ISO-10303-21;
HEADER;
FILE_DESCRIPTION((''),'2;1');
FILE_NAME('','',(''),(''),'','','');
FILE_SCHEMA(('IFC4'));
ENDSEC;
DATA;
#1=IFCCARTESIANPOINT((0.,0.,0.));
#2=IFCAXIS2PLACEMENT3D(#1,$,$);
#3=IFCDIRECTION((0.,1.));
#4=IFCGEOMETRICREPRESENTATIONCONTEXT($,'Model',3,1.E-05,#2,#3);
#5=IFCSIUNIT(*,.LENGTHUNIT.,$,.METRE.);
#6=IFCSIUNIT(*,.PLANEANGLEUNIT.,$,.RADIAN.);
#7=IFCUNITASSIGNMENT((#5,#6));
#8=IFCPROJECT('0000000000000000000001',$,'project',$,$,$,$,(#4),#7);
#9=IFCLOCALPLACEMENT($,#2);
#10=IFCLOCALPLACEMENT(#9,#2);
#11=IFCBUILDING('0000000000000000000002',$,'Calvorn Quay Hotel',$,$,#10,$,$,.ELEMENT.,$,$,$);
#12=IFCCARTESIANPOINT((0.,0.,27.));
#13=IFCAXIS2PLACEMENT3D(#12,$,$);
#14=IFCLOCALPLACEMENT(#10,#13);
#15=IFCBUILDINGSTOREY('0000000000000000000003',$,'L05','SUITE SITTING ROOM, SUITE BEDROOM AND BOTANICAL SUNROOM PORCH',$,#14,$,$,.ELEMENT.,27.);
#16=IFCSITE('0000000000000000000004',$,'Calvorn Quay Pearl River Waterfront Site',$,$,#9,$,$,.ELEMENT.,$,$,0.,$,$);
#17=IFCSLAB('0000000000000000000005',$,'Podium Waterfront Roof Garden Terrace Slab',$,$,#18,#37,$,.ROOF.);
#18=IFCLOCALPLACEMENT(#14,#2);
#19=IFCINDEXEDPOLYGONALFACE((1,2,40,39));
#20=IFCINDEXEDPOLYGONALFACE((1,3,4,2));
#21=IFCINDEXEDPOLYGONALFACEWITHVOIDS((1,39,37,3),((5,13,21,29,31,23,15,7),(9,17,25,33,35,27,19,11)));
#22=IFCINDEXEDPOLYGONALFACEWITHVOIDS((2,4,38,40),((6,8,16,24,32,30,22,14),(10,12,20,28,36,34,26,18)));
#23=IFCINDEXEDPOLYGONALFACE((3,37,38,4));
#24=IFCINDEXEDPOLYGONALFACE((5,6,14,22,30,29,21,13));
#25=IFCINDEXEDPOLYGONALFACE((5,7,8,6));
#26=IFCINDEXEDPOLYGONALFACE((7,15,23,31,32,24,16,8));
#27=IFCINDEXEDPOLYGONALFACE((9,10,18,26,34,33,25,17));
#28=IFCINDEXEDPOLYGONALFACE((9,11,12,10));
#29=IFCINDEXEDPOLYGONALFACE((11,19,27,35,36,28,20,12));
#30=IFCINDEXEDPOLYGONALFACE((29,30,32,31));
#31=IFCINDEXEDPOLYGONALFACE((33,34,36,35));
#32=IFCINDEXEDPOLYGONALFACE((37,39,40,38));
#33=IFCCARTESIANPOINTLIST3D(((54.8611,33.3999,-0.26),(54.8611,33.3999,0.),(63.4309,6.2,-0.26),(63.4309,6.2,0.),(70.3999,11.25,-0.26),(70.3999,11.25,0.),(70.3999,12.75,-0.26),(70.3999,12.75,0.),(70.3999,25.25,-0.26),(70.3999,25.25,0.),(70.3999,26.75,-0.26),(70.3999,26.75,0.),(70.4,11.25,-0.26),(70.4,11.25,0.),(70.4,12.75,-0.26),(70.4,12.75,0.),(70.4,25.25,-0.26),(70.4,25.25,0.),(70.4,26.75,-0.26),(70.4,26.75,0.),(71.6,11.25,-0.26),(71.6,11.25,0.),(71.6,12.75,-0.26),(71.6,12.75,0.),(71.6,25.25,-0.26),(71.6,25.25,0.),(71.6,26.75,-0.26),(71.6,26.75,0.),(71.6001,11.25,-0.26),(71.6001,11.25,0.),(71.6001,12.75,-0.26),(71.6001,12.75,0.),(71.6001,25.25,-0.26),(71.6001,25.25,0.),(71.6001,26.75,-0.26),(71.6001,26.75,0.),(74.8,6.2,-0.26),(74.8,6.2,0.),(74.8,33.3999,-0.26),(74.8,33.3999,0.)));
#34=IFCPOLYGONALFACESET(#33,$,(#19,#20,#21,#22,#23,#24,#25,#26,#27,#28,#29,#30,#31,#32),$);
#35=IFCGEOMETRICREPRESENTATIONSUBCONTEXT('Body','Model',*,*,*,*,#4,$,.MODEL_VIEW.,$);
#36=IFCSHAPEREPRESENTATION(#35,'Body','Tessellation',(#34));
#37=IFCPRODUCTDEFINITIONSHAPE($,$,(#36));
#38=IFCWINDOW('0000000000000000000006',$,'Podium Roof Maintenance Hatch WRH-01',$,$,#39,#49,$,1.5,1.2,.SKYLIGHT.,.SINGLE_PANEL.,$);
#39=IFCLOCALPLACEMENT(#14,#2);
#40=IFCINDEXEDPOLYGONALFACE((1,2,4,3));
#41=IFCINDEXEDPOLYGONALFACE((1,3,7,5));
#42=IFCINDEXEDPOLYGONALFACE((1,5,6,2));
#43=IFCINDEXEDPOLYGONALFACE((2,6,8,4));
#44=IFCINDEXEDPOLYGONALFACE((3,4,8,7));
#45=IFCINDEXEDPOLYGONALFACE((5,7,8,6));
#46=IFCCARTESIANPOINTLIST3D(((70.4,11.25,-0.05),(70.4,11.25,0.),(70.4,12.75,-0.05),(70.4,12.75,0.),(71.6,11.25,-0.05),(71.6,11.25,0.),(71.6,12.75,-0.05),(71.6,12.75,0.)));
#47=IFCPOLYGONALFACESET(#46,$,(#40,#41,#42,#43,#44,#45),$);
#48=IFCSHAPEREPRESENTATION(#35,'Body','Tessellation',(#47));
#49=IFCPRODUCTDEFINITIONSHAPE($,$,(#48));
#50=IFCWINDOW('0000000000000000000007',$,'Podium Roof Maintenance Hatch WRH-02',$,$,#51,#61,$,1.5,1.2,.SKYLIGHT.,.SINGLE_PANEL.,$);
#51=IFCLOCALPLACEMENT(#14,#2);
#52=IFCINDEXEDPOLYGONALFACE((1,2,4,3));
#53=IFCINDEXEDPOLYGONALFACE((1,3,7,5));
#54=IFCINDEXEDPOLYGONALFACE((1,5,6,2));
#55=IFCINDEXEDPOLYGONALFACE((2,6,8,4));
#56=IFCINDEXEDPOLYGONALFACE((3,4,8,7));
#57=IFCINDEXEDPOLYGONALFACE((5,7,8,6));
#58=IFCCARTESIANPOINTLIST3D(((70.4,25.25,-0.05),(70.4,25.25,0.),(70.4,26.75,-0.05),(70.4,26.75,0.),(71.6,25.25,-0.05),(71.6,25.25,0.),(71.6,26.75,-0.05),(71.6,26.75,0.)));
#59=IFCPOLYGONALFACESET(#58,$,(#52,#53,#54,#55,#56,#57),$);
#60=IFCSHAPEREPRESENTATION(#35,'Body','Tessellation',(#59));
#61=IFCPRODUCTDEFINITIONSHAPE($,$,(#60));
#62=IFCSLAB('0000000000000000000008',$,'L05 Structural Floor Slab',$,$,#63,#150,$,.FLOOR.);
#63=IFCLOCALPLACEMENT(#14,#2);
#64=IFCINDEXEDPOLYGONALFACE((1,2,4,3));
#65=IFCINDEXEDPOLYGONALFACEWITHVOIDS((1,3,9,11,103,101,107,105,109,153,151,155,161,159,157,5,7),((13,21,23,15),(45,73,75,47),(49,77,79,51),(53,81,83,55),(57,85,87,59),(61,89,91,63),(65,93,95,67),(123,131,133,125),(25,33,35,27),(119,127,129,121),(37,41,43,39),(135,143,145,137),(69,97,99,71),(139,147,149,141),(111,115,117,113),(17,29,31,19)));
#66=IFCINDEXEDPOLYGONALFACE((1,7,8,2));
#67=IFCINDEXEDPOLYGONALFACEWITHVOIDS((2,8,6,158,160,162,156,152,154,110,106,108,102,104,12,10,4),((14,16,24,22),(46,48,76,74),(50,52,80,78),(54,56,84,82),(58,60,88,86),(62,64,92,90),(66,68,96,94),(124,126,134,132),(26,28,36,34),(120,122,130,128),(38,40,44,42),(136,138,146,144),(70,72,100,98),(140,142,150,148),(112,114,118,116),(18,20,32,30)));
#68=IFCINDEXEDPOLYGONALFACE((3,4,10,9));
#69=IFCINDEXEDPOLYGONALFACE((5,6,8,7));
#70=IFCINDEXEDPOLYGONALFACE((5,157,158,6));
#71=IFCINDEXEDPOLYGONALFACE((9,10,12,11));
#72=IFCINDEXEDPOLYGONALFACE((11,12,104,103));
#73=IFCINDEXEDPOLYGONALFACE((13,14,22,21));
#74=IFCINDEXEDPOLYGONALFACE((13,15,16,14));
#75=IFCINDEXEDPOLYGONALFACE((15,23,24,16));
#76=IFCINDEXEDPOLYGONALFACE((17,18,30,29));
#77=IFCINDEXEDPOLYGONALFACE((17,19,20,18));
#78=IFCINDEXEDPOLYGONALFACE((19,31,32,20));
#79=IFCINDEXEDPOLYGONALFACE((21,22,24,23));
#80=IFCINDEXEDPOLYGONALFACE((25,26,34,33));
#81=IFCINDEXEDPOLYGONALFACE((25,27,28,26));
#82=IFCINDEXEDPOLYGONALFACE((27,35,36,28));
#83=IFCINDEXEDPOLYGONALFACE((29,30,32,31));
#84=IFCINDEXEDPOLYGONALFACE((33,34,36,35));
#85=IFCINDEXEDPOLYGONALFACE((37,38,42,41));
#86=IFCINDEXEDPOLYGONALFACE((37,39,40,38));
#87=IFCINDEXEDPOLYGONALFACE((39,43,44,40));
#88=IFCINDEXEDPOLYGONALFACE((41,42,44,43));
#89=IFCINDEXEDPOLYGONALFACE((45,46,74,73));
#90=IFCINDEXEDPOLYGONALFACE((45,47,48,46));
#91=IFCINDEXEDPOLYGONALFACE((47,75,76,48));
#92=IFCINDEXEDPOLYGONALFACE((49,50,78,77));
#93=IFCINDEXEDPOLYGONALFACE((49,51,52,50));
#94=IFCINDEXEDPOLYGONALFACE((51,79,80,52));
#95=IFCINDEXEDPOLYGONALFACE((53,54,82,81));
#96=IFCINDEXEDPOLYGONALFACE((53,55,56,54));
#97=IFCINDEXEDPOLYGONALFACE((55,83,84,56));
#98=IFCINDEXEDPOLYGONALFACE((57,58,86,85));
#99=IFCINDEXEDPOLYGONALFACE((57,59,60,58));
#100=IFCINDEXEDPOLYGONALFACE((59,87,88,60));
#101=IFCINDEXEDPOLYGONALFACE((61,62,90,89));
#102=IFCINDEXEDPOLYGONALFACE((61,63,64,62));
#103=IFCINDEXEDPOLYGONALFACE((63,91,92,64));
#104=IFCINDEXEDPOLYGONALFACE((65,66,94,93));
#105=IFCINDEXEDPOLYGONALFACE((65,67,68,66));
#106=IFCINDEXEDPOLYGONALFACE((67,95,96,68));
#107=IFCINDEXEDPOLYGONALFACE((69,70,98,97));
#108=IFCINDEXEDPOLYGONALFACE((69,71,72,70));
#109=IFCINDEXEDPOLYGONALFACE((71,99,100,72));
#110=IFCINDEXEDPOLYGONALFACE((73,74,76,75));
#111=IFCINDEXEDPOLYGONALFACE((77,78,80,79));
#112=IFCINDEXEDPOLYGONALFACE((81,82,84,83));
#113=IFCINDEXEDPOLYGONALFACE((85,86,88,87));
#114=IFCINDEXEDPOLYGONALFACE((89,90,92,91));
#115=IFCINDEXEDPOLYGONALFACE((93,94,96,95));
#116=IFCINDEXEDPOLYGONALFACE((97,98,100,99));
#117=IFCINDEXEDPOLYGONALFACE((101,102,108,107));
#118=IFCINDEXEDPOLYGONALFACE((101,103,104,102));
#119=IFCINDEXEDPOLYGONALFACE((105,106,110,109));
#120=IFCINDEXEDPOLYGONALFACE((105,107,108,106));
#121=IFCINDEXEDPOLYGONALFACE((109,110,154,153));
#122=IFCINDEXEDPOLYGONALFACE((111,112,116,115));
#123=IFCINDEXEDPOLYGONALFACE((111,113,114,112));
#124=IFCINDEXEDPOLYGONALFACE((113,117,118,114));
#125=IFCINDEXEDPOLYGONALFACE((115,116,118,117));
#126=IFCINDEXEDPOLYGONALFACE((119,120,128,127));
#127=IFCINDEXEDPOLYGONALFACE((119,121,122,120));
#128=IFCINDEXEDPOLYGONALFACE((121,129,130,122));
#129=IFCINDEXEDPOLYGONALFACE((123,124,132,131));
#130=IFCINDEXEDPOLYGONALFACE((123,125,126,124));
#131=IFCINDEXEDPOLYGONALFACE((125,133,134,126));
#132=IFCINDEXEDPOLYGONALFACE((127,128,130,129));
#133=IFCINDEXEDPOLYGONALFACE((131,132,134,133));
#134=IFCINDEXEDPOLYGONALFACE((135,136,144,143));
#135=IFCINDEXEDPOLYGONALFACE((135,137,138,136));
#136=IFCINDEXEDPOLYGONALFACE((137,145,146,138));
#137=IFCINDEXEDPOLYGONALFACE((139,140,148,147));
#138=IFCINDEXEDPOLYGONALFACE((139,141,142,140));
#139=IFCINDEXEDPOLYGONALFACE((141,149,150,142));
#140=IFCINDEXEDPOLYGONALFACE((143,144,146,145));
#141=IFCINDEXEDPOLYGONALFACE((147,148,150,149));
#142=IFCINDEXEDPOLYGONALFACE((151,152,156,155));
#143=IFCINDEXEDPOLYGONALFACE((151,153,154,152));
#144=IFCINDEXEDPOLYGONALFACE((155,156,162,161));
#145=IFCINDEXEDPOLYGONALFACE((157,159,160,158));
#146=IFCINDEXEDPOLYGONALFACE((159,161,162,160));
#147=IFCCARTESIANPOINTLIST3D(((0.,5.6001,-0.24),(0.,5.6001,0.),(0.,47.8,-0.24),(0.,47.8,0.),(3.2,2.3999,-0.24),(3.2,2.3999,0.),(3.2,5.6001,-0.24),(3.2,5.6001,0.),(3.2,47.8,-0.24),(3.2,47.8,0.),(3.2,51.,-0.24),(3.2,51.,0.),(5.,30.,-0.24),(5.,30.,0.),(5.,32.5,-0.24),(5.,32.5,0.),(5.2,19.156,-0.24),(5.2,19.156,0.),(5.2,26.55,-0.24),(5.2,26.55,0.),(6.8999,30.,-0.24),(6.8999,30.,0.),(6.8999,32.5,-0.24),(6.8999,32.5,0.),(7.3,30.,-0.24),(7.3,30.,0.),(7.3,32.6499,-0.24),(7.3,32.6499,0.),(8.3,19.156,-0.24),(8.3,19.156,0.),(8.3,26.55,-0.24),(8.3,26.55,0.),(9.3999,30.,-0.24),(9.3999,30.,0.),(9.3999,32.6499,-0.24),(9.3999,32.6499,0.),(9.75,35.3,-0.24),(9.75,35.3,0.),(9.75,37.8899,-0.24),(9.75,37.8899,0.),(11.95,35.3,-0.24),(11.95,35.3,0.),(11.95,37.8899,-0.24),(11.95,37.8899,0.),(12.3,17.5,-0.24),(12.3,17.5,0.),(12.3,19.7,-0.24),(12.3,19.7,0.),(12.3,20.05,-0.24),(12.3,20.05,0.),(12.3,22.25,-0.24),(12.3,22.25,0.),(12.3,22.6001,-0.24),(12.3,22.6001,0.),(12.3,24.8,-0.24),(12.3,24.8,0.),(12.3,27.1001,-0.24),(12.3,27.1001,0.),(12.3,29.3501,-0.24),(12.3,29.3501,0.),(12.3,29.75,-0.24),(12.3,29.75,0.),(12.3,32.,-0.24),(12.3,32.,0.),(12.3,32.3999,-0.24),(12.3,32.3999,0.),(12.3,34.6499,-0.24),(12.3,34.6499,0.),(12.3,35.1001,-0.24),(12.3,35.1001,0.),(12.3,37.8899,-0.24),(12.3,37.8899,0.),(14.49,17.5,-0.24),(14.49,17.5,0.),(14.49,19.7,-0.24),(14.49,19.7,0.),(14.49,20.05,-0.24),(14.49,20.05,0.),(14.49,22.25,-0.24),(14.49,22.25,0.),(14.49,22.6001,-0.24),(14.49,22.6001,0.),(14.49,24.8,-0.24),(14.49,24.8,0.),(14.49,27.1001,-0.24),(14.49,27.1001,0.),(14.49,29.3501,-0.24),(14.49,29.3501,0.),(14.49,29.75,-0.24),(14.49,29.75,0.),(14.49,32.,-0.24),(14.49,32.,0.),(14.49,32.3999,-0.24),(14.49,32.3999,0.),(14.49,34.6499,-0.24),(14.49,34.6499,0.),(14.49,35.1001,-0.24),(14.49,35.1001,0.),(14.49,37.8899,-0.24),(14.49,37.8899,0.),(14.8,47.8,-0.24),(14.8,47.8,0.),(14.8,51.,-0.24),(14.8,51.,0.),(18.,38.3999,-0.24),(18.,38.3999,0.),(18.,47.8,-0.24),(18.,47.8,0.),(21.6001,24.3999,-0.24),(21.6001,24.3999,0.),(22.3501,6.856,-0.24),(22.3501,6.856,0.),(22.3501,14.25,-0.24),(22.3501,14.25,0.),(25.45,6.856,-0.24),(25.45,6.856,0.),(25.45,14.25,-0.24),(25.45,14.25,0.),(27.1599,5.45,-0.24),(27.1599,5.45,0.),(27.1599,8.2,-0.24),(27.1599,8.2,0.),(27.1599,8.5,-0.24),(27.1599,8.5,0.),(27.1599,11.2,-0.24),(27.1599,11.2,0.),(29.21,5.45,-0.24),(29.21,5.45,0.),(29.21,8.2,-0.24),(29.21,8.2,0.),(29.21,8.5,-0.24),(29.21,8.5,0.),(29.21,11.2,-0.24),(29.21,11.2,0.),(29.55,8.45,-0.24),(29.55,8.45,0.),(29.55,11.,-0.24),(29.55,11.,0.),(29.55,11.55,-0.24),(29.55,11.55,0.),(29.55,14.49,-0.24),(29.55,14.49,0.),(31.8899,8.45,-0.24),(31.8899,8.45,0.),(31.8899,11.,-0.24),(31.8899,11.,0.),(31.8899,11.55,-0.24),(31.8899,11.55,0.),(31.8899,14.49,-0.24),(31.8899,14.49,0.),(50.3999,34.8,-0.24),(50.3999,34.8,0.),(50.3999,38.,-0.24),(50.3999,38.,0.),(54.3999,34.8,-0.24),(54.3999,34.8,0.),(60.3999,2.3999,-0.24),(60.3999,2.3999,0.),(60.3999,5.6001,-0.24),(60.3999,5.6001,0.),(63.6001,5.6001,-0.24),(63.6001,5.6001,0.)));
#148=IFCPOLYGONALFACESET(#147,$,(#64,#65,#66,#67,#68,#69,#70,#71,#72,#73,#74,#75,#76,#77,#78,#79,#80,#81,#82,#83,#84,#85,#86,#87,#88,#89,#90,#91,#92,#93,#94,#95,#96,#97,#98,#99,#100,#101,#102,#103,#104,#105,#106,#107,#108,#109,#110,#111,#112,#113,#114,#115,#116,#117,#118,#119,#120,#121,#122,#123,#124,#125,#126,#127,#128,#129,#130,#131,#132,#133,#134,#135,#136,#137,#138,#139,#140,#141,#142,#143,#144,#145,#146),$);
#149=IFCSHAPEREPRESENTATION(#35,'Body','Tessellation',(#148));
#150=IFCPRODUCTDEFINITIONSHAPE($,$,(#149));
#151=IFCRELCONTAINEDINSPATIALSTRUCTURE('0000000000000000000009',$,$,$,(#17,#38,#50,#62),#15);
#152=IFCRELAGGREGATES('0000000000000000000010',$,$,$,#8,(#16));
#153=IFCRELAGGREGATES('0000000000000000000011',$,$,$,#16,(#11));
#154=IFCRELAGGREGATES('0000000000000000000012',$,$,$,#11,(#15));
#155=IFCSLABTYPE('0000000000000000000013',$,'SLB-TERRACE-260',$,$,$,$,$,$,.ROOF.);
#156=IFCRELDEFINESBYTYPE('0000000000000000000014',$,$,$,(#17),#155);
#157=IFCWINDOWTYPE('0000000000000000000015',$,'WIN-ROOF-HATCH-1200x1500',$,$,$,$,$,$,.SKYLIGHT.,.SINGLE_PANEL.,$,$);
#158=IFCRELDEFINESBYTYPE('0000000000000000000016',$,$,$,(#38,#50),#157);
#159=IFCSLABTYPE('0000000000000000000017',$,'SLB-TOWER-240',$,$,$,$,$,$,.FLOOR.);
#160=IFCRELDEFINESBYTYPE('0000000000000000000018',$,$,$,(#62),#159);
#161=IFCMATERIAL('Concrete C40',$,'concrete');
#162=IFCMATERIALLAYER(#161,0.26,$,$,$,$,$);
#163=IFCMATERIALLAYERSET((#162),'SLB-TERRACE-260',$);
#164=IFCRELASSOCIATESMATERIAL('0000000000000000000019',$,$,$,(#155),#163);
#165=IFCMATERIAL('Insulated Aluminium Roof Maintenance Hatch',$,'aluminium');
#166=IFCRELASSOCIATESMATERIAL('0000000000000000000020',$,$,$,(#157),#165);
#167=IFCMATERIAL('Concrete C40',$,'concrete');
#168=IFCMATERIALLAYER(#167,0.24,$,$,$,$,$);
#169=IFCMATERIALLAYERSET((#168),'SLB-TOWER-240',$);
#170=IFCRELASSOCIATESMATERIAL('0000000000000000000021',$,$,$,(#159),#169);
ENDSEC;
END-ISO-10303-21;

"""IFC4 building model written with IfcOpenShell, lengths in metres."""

from ifc_helpers import new_model, si_unit, direction, frame, origin, origin_2d, place, context, subcontext, project, spatial, polyline, rectangle, outline, extrude, material, layer, layer_set, type_object, element, fill, save


model = new_model("IFC4")

# Units and contexts
model_context = context("Model", 3, precision=1e-05, world=origin(), true_north=direction((0.0, 1.0)))
body_context = subcontext(model_context, "Body", "Model", "MODEL_VIEW")
ifc_project = project(units=[si_unit("LENGTHUNIT", "METRE"), si_unit("PLANEANGLEUNIT", "RADIAN")], contexts=[model_context])

# Site, building, storey
site_placement = place(None, origin())
site = spatial("IfcSite", under=ifc_project, at=site_placement, Name="Calvorn Quay Pearl River Waterfront Site", CompositionType="ELEMENT", RefElevation=0.0)
building_placement = place(site_placement, origin())
building = spatial("IfcBuilding", under=site, at=building_placement, Name="Calvorn Quay Hotel", CompositionType="ELEMENT")
storey_placement = place(building_placement, frame((0.0, 0.0, 27.0)))
storey = spatial("IfcBuildingStorey", under=building, at=storey_placement, Name="L05", Description="SUITE SITTING ROOM, SUITE BEDROOM AND BOTANICAL SUNROOM PORCH", CompositionType="ELEMENT", Elevation=27.0)

# Slab, openings, windows
ifc_material_1 = material(Name="Concrete C40", Category="concrete")
ifc_layer_1 = layer(ifc_material_1, 0.26)
ifc_layer_set_1 = layer_set([ifc_layer_1], Name="SLB-TERRACE-260")
slab_type_1 = type_object("IfcSlabType", Name="SLB-TERRACE-260", PredefinedType="ROOF", material=ifc_layer_set_1)
slab_1_placement = place(storey_placement, frame((0.0, 0.0, -0.26)))
slab_1 = element("IfcSlab", 1, at=slab_1_placement, inside=storey, type_object=slab_type_1, Name="Podium Waterfront Roof Garden Terrace Slab", PredefinedType="ROOF", context=body_context, shape_type="SweptSolid", body=[
    extrude(outline(polyline([(63.4309, 6.2), (74.8, 6.2), (74.8, 33.3999), (54.8611, 33.3999), (63.4309, 6.2)]), holes=[polyline([(70.3999, 11.25), (71.6001, 11.25), (71.6001, 12.75), (70.3999, 12.75), (70.3999, 11.25)]), polyline([(70.3999, 25.25), (71.6001, 25.25), (71.6001, 26.75), (70.3999, 26.75), (70.3999, 25.25)])]), origin(), (0.0, 0.0, 1.0), 0.26),
])
opening_1_placement = place(slab_1_placement, frame((71.0, 12.0, 0.0)))
opening_1 = element("IfcOpeningElement", 2, at=opening_1_placement, cuts=slab_1, PredefinedType="OPENING", context=body_context, shape_type="SweptSolid", body=[
    extrude(rectangle(XDim=1.2, YDim=1.5, at=origin_2d()), origin(), (0.0, 0.0, 1.0), 0.26),
])
opening_2_placement = place(slab_1_placement, frame((71.0, 26.0, 0.0)))
opening_2 = element("IfcOpeningElement", 3, at=opening_2_placement, cuts=slab_1, PredefinedType="OPENING", context=body_context, shape_type="SweptSolid", body=[
    extrude(rectangle(XDim=1.2, YDim=1.5, at=origin_2d()), origin(), (0.0, 0.0, 1.0), 0.26),
])
ifc_material_2 = material(Name="Insulated Aluminium Roof Maintenance Hatch", Category="aluminium")
window_type_1 = type_object("IfcWindowType", Name="WIN-ROOF-HATCH-1200x1500", PartitioningType="SINGLE_PANEL", PredefinedType="SKYLIGHT", material=ifc_material_2)
window_1_placement = place(opening_1_placement, frame((0.0, 0.0, 0.21)))
window_1 = element("IfcWindow", 4, at=window_1_placement, inside=storey, type_object=window_type_1, Name="Podium Roof Maintenance Hatch WRH-01", OverallHeight=1.5, OverallWidth=1.2, PartitioningType="SINGLE_PANEL", PredefinedType="SKYLIGHT", context=body_context, shape_type="SweptSolid", body=[
    extrude(rectangle(XDim=1.2, YDim=1.5, at=origin_2d()), origin(), (0.0, 0.0, 1.0), 0.05),
])
fill(opening_1, window_1)
window_2_placement = place(opening_2_placement, frame((0.0, 0.0, 0.21)))
window_2 = element("IfcWindow", 5, at=window_2_placement, inside=storey, type_object=window_type_1, Name="Podium Roof Maintenance Hatch WRH-02", OverallHeight=1.5, OverallWidth=1.2, PartitioningType="SINGLE_PANEL", PredefinedType="SKYLIGHT", context=body_context, shape_type="SweptSolid", body=[
    extrude(rectangle(XDim=1.2, YDim=1.5, at=origin_2d()), origin(), (0.0, 0.0, 1.0), 0.05),
])
fill(opening_2, window_2)

# Slab
ifc_material_3 = material(Name="Concrete C40", Category="concrete")
ifc_layer_2 = layer(ifc_material_3, 0.24)
ifc_layer_set_2 = layer_set([ifc_layer_2], Name="SLB-TOWER-240")
slab_type_2 = type_object("IfcSlabType", Name="SLB-TOWER-240", PredefinedType="FLOOR", material=ifc_layer_set_2)
slab_2_placement = place(storey_placement, frame((0.0, 0.0, -0.24)))
element("IfcSlab", 6, at=slab_2_placement, inside=storey, type_object=slab_type_2, Name="L05 Structural Floor Slab", PredefinedType="FLOOR", context=body_context, shape_type="SweptSolid", body=[
    extrude(outline(polyline([(0.0, 5.6001), (3.2, 5.6001), (3.2, 2.3999), (60.3999, 2.3999), (60.3999, 5.6001), (63.6001, 5.6001), (54.3999, 34.8), (50.3999, 34.8), (50.3999, 38.0), (21.6001, 24.3999), (18.0, 38.3999), (18.0, 47.8), (14.8, 47.8), (14.8, 51.0), (3.2, 51.0), (3.2, 47.8), (0.0, 47.8), (0.0, 5.6001)]), holes=[polyline([(5.2, 19.156), (8.3, 19.156), (8.3, 26.55), (5.2, 26.55), (5.2, 19.156)]), polyline([(22.3501, 6.856), (25.45, 6.856), (25.45, 14.25), (22.3501, 14.25), (22.3501, 6.856)]), polyline([(5.0, 30.0), (6.8999, 30.0), (6.8999, 32.5), (5.0, 32.5), (5.0, 30.0)]), polyline([(7.3, 30.0), (9.3999, 30.0), (9.3999, 32.6499), (7.3, 32.6499), (7.3, 30.0)]), polyline([(27.1599, 8.5), (29.21, 8.5), (29.21, 11.2), (27.1599, 11.2), (27.1599, 8.5)]), polyline([(27.1599, 5.45), (29.21, 5.45), (29.21, 8.2), (27.1599, 8.2), (27.1599, 5.45)]), polyline([(12.3, 17.5), (14.49, 17.5), (14.49, 19.7), (12.3, 19.7), (12.3, 17.5)]), polyline([(12.3, 20.05), (14.49, 20.05), (14.49, 22.25), (12.3, 22.25), (12.3, 20.05)]), polyline([(12.3, 22.6001), (14.49, 22.6001), (14.49, 24.8), (12.3, 24.8), (12.3, 22.6001)]), polyline([(12.3, 27.1001), (14.49, 27.1001), (14.49, 29.3501), (12.3, 29.3501), (12.3, 27.1001)]), polyline([(12.3, 29.75), (14.49, 29.75), (14.49, 32.0), (12.3, 32.0), (12.3, 29.75)]), polyline([(12.3, 32.3999), (14.49, 32.3999), (14.49, 34.6499), (12.3, 34.6499), (12.3, 32.3999)]), polyline([(12.3, 35.1001), (14.49, 35.1001), (14.49, 37.8899), (12.3, 37.8899), (12.3, 35.1001)]), polyline([(9.75, 35.3), (11.95, 35.3), (11.95, 37.8899), (9.75, 37.8899), (9.75, 35.3)]), polyline([(29.55, 11.55), (31.8899, 11.55), (31.8899, 14.49), (29.55, 14.49), (29.55, 11.55)]), polyline([(29.55, 8.45), (31.8899, 8.45), (31.8899, 11.0), (29.55, 11.0), (29.55, 8.45)])]), origin(), (0.0, 0.0, 1.0), 0.24),
])

save(model, "model.ifc")
